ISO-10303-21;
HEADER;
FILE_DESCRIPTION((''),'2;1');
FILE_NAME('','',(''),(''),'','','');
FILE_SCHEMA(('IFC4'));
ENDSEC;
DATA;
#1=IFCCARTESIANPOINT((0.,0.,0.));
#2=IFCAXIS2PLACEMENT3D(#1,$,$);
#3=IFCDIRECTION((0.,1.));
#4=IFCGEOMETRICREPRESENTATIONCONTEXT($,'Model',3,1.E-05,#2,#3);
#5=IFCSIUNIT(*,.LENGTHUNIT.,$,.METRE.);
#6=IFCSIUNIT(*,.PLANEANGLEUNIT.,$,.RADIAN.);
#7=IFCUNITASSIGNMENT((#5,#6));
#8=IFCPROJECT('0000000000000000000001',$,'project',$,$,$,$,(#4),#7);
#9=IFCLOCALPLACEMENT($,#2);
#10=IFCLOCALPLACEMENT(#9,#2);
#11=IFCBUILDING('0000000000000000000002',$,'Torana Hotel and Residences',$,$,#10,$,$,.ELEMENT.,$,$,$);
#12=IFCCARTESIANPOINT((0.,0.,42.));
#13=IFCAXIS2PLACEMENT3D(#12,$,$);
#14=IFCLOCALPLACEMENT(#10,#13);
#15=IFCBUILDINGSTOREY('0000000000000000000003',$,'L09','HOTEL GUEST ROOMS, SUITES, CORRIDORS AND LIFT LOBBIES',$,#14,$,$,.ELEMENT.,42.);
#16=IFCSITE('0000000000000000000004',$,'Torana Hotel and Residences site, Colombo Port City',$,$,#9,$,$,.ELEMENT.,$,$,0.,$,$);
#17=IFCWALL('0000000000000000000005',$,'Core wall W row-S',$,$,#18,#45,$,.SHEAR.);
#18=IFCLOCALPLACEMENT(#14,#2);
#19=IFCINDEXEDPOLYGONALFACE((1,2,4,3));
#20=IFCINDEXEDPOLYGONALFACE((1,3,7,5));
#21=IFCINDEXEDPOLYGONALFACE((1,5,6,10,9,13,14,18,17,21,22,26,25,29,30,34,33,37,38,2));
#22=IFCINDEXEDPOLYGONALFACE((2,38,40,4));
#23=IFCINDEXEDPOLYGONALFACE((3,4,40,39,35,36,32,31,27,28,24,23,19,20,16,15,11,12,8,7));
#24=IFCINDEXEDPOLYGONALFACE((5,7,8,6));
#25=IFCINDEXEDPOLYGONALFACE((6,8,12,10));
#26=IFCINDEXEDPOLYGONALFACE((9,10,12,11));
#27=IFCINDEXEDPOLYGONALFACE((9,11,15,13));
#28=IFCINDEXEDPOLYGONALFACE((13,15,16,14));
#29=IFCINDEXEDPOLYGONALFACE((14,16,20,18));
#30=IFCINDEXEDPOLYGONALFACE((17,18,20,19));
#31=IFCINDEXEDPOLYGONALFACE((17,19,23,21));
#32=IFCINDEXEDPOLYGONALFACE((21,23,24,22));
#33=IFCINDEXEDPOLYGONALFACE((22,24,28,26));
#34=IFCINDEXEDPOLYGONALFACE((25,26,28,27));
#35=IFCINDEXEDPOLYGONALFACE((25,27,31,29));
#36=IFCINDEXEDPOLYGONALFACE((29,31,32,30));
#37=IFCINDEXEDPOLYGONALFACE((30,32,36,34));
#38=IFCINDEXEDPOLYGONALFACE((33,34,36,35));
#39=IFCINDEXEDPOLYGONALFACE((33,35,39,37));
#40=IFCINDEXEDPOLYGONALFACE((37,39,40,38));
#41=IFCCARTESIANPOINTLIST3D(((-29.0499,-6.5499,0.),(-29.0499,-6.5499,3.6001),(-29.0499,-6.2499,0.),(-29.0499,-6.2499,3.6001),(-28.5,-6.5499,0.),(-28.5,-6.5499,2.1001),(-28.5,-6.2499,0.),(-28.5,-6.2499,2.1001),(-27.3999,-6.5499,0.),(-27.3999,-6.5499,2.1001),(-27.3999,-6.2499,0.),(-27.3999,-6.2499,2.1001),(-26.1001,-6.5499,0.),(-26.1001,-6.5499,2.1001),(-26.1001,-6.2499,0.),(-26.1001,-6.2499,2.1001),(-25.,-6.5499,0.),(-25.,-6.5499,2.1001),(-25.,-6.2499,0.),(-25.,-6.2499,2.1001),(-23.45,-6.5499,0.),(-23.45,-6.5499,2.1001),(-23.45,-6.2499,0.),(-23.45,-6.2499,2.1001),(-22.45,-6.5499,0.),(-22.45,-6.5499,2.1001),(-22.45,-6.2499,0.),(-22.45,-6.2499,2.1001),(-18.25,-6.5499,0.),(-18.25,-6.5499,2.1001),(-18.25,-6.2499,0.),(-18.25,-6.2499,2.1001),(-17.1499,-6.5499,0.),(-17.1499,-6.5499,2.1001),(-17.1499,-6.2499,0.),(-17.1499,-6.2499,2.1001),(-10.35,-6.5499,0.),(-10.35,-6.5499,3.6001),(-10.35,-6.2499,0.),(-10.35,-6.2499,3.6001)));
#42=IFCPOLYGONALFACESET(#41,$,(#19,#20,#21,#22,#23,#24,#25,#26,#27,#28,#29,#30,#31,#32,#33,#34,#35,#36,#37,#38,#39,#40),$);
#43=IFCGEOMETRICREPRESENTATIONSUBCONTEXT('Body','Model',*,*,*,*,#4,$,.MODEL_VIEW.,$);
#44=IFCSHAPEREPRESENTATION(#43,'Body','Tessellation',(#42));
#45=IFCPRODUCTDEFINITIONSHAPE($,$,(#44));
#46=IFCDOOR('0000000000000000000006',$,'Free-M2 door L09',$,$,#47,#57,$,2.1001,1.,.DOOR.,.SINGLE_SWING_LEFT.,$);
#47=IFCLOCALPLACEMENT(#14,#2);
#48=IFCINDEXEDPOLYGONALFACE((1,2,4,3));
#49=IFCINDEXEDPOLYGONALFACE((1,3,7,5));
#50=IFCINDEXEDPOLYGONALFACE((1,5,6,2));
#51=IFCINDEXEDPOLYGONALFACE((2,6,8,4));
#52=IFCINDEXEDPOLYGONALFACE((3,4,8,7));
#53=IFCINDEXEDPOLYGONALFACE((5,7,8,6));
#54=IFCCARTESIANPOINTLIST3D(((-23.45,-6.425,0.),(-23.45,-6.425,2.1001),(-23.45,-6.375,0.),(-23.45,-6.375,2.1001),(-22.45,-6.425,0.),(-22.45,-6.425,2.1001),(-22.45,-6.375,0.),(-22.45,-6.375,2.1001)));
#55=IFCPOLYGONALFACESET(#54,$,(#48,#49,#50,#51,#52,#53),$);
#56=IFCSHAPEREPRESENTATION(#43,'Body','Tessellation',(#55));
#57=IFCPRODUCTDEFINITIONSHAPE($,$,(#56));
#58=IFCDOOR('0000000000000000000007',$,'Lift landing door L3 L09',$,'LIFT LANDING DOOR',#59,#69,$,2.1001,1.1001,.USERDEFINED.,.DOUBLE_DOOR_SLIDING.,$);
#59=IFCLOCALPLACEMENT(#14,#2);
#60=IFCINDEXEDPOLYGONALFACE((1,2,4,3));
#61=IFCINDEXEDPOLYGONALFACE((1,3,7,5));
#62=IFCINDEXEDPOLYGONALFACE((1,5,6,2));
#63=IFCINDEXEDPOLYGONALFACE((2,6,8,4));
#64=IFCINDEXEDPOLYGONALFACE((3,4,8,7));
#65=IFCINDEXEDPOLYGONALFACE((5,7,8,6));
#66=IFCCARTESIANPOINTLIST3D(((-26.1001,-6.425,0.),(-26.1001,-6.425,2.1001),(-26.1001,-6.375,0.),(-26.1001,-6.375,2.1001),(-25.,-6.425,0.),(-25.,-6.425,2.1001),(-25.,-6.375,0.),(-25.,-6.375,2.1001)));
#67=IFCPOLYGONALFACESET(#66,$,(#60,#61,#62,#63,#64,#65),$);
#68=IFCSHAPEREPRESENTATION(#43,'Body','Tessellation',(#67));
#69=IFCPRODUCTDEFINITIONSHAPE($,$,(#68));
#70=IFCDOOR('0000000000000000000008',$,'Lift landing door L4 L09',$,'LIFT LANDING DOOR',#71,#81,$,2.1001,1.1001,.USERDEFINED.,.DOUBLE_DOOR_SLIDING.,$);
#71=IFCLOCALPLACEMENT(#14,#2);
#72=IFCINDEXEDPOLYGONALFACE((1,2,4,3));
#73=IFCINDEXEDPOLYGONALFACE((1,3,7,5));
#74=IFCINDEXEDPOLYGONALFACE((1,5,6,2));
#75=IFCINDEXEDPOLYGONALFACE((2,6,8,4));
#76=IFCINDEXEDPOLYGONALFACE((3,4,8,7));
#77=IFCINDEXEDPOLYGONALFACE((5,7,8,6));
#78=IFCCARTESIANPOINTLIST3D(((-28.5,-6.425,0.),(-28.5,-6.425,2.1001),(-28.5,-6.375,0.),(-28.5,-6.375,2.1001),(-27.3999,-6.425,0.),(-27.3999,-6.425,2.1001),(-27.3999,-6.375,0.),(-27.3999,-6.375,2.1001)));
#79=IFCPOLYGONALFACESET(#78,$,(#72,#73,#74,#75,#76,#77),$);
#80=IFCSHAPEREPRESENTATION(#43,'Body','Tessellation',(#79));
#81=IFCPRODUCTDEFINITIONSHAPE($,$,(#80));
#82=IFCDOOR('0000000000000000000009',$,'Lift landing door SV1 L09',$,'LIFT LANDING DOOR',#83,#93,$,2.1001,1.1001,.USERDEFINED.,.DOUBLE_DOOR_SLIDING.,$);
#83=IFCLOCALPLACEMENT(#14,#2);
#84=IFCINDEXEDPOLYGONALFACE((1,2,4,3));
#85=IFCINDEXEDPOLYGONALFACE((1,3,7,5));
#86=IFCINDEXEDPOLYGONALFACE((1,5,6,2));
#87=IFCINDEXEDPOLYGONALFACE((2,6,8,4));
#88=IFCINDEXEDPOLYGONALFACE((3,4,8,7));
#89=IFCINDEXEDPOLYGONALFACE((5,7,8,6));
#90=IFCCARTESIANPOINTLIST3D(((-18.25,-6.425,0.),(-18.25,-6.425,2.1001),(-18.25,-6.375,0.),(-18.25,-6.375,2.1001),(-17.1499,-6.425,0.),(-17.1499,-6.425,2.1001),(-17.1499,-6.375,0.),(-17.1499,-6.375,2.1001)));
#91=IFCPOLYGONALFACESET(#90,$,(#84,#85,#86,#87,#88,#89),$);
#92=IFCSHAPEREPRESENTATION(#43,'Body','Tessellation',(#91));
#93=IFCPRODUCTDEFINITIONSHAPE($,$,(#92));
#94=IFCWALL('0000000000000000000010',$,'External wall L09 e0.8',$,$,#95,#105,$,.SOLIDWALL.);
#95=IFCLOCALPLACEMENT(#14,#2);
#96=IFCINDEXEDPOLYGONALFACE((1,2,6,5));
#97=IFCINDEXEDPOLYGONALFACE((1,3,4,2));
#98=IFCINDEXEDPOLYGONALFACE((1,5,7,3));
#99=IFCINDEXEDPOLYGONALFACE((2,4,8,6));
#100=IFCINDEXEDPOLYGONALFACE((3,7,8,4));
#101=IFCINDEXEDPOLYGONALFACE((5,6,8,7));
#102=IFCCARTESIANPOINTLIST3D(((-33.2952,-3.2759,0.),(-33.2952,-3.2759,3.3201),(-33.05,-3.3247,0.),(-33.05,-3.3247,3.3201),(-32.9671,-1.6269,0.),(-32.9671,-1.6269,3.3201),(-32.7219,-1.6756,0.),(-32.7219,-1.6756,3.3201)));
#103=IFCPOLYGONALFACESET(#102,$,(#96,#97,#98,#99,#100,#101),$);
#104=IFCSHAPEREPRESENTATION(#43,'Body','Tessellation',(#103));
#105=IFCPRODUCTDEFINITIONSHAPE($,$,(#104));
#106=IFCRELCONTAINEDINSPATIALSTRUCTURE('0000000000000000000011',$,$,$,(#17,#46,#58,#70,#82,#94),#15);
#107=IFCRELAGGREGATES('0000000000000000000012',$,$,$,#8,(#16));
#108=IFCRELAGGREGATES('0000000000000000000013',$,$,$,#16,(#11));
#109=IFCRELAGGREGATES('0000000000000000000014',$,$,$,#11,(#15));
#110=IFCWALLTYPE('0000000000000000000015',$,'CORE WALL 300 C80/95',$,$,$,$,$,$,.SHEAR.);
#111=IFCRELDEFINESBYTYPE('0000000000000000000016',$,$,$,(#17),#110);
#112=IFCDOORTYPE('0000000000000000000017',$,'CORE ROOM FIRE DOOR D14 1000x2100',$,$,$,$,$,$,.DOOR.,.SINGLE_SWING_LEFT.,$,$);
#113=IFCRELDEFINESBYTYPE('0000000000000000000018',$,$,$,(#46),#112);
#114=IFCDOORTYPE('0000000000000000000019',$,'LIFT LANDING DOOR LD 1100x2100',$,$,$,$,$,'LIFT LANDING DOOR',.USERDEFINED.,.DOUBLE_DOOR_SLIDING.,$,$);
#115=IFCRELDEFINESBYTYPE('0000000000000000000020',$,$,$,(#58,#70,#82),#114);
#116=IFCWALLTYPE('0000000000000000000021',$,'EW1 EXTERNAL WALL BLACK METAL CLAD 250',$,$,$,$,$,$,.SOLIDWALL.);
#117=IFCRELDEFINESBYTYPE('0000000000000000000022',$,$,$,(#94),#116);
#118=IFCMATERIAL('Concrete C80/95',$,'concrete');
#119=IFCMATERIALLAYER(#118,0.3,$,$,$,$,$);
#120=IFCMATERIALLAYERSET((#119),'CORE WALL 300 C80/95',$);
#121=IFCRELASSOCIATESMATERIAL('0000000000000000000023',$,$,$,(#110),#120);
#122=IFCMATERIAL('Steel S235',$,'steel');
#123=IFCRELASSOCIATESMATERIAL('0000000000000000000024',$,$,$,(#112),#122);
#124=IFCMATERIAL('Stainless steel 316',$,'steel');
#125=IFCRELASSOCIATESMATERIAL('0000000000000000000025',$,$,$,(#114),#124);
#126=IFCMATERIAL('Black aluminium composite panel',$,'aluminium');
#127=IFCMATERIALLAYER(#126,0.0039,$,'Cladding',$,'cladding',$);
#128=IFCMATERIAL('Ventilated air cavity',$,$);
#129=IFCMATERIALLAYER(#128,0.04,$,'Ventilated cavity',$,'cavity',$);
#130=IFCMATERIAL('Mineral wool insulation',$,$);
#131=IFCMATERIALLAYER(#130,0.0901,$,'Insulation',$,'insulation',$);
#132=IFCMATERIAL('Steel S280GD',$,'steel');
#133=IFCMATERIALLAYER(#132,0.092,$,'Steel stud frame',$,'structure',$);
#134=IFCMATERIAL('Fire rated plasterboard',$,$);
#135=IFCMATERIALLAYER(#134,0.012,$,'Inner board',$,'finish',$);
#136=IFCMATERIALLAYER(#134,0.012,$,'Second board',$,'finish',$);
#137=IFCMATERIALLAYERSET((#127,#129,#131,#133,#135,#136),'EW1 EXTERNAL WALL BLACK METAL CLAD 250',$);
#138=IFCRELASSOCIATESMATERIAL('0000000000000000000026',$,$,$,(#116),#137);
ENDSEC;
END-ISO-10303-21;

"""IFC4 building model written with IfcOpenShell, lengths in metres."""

from ifc_helpers import new_model, si_unit, direction, frame, frame_2d, origin, place, context, subcontext, project, spatial, rectangle, extrude, material, layer, layer_set, type_object, element, fill, save


model = new_model("IFC4")

# Units and contexts
model_context = context("Model", 3, precision=1e-05, world=origin(), true_north=direction((0.0, 1.0)))
body_context = subcontext(model_context, "Body", "Model", "MODEL_VIEW")
ifc_project = project(units=[si_unit("LENGTHUNIT", "METRE"), si_unit("PLANEANGLEUNIT", "RADIAN")], contexts=[model_context])

# Site, building, storey
site_placement = place(None, origin())
site = spatial("IfcSite", under=ifc_project, at=site_placement, Name="Torana Hotel and Residences site, Colombo Port City", CompositionType="ELEMENT", RefElevation=0.0)
building_placement = place(site_placement, origin())
building = spatial("IfcBuilding", under=site, at=building_placement, Name="Torana Hotel and Residences", CompositionType="ELEMENT")
storey_placement = place(building_placement, frame((0.0, 0.0, 42.0)))
storey = spatial("IfcBuildingStorey", under=building, at=storey_placement, Name="L09", Description="HOTEL GUEST ROOMS, SUITES, CORRIDORS AND LIFT LOBBIES", CompositionType="ELEMENT", Elevation=42.0)

# Wall, openings, doors
ifc_material_1 = material(Name="Concrete C80/95", Category="concrete")
ifc_layer_1 = layer(ifc_material_1, 0.3)
ifc_layer_set_1 = layer_set([ifc_layer_1], Name="CORE WALL 300 C80/95")
wall_type_1 = type_object("IfcWallType", Name="CORE WALL 300 C80/95", PredefinedType="SHEAR", material=ifc_layer_set_1)
ifc_material_2 = material(Name="Steel S235", Category="steel")
door_type_1 = type_object("IfcDoorType", Name="CORE ROOM FIRE DOOR D14 1000x2100", OperationType="SINGLE_SWING_LEFT", PredefinedType="DOOR", material=ifc_material_2)
ifc_material_3 = material(Name="Stainless steel 316", Category="steel")
door_type_2 = type_object("IfcDoorType", Name="LIFT LANDING DOOR LD 1100x2100", ElementType="LIFT LANDING DOOR", OperationType="DOUBLE_DOOR_SLIDING", PredefinedType="USERDEFINED", material=ifc_material_3)
wall_1_placement = place(storey_placement, frame((-29.05, -6.3999, 0.0), z_axis=(0.0, 0.0, 1.0), x_axis=(1.0, 0.0, 0.0)))
wall_1 = element("IfcWall", 1, at=wall_1_placement, inside=storey, type_object=wall_type_1, Name="Core wall W row-S", PredefinedType="SHEAR", context=body_context, shape_type="SweptSolid", body=[
    extrude(rectangle(XDim=18.7, YDim=0.3, at=frame_2d((9.3501, 0.0))), origin(), (0.0, 0.0, 1.0), 3.6001),
])
opening_1_placement = place(wall_1_placement, frame((2.95, 0.0, 0.0)))
opening_1 = element("IfcOpeningElement", 2, at=opening_1_placement, cuts=wall_1, PredefinedType="OPENING", context=body_context, shape_type="SweptSolid", body=[
    extrude(rectangle(XDim=1.1001, YDim=2.1001, at=frame_2d((0.55, 1.05))), frame((0.0, 0.1599, 0.0), z_axis=(0.0, -1.0, 0.0), x_axis=(1.0, 0.0, 0.0)), (0.0, 0.0, 1.0), 0.3201),
])
opening_2_placement = place(wall_1_placement, frame((0.55, 0.0, 0.0)))
opening_2 = element("IfcOpeningElement", 3, at=opening_2_placement, cuts=wall_1, PredefinedType="OPENING", context=body_context, shape_type="SweptSolid", body=[
    extrude(rectangle(XDim=1.1001, YDim=2.1001, at=frame_2d((0.55, 1.05))), frame((0.0, 0.1599, 0.0), z_axis=(0.0, -1.0, 0.0), x_axis=(1.0, 0.0, 0.0)), (0.0, 0.0, 1.0), 0.3201),
])
opening_3_placement = place(wall_1_placement, frame((10.8, 0.0, 0.0)))
opening_3 = element("IfcOpeningElement", 4, at=opening_3_placement, cuts=wall_1, PredefinedType="OPENING", context=body_context, shape_type="SweptSolid", body=[
    extrude(rectangle(XDim=1.1001, YDim=2.1001, at=frame_2d((0.55, 1.05))), frame((0.0, 0.1599, 0.0), z_axis=(0.0, -1.0, 0.0), x_axis=(1.0, 0.0, 0.0)), (0.0, 0.0, 1.0), 0.3201),
])
opening_4_placement = place(wall_1_placement, frame((5.6001, 0.0, 0.0)))
opening_4 = element("IfcOpeningElement", 5, at=opening_4_placement, cuts=wall_1, PredefinedType="OPENING", context=body_context, shape_type="SweptSolid", body=[
    extrude(rectangle(XDim=1.0, YDim=2.1001, at=frame_2d((0.5, 1.05))), frame((0.0, 0.1599, 0.0), z_axis=(0.0, -1.0, 0.0), x_axis=(1.0, 0.0, 0.0)), (0.0, 0.0, 1.0), 0.3201),
])
door_1_placement = place(opening_4_placement, frame((0.5, 0.0, 0.0), z_axis=(0.0, 0.0, 1.0), x_axis=(-1.0, 0.0, 0.0)))
door_1 = element("IfcDoor", 6, at=door_1_placement, inside=storey, type_object=door_type_1, Name="Free-M2 door L09", OperationType="SINGLE_SWING_LEFT", OverallHeight=2.1001, OverallWidth=1.0, PredefinedType="DOOR", context=body_context, shape_type="SweptSolid", body=[
    extrude(rectangle(XDim=1.0, YDim=2.1001, at=frame_2d((0.0, 1.05))), frame((0.0, -0.0249, 0.0), z_axis=(0.0, 1.0, 0.0), x_axis=(-1.0, 0.0, 0.0)), (0.0, 0.0, 1.0), 0.05),
])
fill(opening_4, door_1)
door_2_placement = place(opening_1_placement, origin())
door_2 = element("IfcDoor", 7, at=door_2_placement, inside=storey, type_object=door_type_2, Name="Lift landing door L3 L09", ObjectType="LIFT LANDING DOOR", OperationType="DOUBLE_DOOR_SLIDING", OverallHeight=2.1001, OverallWidth=1.1001, PredefinedType="USERDEFINED", context=body_context, shape_type="SweptSolid", body=[
    extrude(rectangle(XDim=1.1001, YDim=2.1001, at=frame_2d((0.55, 1.05))), frame((0.0, 0.0249, 0.0), z_axis=(0.0, -1.0, 0.0), x_axis=(1.0, 0.0, 0.0)), (0.0, 0.0, 1.0), 0.05),
])
fill(opening_1, door_2)
door_3_placement = place(opening_2_placement, origin())
door_3 = element("IfcDoor", 8, at=door_3_placement, inside=storey, type_object=door_type_2, Name="Lift landing door L4 L09", ObjectType="LIFT LANDING DOOR", OperationType="DOUBLE_DOOR_SLIDING", OverallHeight=2.1001, OverallWidth=1.1001, PredefinedType="USERDEFINED", context=body_context, shape_type="SweptSolid", body=[
    extrude(rectangle(XDim=1.1001, YDim=2.1001, at=frame_2d((0.55, 1.05))), frame((0.0, 0.0249, 0.0), z_axis=(0.0, -1.0, 0.0), x_axis=(1.0, 0.0, 0.0)), (0.0, 0.0, 1.0), 0.05),
])
fill(opening_2, door_3)
door_4_placement = place(opening_3_placement, origin())
door_4 = element("IfcDoor", 9, at=door_4_placement, inside=storey, type_object=door_type_2, Name="Lift landing door SV1 L09", ObjectType="LIFT LANDING DOOR", OperationType="DOUBLE_DOOR_SLIDING", OverallHeight=2.1001, OverallWidth=1.1001, PredefinedType="USERDEFINED", context=body_context, shape_type="SweptSolid", body=[
    extrude(rectangle(XDim=1.1001, YDim=2.1001, at=frame_2d((0.55, 1.05))), frame((0.0, 0.0249, 0.0), z_axis=(0.0, -1.0, 0.0), x_axis=(1.0, 0.0, 0.0)), (0.0, 0.0, 1.0), 0.05),
])
fill(opening_3, door_4)

# Wall
ifc_material_4 = material(Name="Black aluminium composite panel", Category="aluminium")
ifc_layer_2 = layer(ifc_material_4, 0.0039, Name="Cladding", Category="cladding")
ifc_material_5 = material(Name="Ventilated air cavity")
ifc_layer_3 = layer(ifc_material_5, 0.04, Name="Ventilated cavity", Category="cavity")
ifc_material_6 = material(Name="Mineral wool insulation")
ifc_layer_4 = layer(ifc_material_6, 0.0901, Name="Insulation", Category="insulation")
ifc_material_7 = material(Name="Steel S280GD", Category="steel")
ifc_layer_5 = layer(ifc_material_7, 0.092, Name="Steel stud frame", Category="structure")
ifc_material_8 = material(Name="Fire rated plasterboard")
ifc_layer_6 = layer(ifc_material_8, 0.012, Name="Inner board", Category="finish")
ifc_layer_7 = layer(ifc_material_8, 0.012, Name="Second board", Category="finish")
ifc_layer_set_2 = layer_set([ifc_layer_2, ifc_layer_3, ifc_layer_4, ifc_layer_5, ifc_layer_6, ifc_layer_7], Name="EW1 EXTERNAL WALL BLACK METAL CLAD 250")
wall_type_2 = type_object("IfcWallType", Name="EW1 EXTERNAL WALL BLACK METAL CLAD 250", PredefinedType="SOLIDWALL", material=ifc_layer_set_2)
wall_2_placement = place(storey_placement, frame((-32.8445, -1.6511, 0.0), z_axis=(0.0, 0.0, 1.0), x_axis=(-0.195139, -0.980776, 0.0)))
element("IfcWall", 10, at=wall_2_placement, inside=storey, type_object=wall_type_2, Name="External wall L09 e0.8", PredefinedType="SOLIDWALL", context=body_context, shape_type="SweptSolid", body=[
    extrude(rectangle(XDim=1.6814, YDim=0.25, at=frame_2d((0.8408, 0.0))), origin(), (0.0, 0.0, 1.0), 3.3201),
])

save(model, "model.ifc")
